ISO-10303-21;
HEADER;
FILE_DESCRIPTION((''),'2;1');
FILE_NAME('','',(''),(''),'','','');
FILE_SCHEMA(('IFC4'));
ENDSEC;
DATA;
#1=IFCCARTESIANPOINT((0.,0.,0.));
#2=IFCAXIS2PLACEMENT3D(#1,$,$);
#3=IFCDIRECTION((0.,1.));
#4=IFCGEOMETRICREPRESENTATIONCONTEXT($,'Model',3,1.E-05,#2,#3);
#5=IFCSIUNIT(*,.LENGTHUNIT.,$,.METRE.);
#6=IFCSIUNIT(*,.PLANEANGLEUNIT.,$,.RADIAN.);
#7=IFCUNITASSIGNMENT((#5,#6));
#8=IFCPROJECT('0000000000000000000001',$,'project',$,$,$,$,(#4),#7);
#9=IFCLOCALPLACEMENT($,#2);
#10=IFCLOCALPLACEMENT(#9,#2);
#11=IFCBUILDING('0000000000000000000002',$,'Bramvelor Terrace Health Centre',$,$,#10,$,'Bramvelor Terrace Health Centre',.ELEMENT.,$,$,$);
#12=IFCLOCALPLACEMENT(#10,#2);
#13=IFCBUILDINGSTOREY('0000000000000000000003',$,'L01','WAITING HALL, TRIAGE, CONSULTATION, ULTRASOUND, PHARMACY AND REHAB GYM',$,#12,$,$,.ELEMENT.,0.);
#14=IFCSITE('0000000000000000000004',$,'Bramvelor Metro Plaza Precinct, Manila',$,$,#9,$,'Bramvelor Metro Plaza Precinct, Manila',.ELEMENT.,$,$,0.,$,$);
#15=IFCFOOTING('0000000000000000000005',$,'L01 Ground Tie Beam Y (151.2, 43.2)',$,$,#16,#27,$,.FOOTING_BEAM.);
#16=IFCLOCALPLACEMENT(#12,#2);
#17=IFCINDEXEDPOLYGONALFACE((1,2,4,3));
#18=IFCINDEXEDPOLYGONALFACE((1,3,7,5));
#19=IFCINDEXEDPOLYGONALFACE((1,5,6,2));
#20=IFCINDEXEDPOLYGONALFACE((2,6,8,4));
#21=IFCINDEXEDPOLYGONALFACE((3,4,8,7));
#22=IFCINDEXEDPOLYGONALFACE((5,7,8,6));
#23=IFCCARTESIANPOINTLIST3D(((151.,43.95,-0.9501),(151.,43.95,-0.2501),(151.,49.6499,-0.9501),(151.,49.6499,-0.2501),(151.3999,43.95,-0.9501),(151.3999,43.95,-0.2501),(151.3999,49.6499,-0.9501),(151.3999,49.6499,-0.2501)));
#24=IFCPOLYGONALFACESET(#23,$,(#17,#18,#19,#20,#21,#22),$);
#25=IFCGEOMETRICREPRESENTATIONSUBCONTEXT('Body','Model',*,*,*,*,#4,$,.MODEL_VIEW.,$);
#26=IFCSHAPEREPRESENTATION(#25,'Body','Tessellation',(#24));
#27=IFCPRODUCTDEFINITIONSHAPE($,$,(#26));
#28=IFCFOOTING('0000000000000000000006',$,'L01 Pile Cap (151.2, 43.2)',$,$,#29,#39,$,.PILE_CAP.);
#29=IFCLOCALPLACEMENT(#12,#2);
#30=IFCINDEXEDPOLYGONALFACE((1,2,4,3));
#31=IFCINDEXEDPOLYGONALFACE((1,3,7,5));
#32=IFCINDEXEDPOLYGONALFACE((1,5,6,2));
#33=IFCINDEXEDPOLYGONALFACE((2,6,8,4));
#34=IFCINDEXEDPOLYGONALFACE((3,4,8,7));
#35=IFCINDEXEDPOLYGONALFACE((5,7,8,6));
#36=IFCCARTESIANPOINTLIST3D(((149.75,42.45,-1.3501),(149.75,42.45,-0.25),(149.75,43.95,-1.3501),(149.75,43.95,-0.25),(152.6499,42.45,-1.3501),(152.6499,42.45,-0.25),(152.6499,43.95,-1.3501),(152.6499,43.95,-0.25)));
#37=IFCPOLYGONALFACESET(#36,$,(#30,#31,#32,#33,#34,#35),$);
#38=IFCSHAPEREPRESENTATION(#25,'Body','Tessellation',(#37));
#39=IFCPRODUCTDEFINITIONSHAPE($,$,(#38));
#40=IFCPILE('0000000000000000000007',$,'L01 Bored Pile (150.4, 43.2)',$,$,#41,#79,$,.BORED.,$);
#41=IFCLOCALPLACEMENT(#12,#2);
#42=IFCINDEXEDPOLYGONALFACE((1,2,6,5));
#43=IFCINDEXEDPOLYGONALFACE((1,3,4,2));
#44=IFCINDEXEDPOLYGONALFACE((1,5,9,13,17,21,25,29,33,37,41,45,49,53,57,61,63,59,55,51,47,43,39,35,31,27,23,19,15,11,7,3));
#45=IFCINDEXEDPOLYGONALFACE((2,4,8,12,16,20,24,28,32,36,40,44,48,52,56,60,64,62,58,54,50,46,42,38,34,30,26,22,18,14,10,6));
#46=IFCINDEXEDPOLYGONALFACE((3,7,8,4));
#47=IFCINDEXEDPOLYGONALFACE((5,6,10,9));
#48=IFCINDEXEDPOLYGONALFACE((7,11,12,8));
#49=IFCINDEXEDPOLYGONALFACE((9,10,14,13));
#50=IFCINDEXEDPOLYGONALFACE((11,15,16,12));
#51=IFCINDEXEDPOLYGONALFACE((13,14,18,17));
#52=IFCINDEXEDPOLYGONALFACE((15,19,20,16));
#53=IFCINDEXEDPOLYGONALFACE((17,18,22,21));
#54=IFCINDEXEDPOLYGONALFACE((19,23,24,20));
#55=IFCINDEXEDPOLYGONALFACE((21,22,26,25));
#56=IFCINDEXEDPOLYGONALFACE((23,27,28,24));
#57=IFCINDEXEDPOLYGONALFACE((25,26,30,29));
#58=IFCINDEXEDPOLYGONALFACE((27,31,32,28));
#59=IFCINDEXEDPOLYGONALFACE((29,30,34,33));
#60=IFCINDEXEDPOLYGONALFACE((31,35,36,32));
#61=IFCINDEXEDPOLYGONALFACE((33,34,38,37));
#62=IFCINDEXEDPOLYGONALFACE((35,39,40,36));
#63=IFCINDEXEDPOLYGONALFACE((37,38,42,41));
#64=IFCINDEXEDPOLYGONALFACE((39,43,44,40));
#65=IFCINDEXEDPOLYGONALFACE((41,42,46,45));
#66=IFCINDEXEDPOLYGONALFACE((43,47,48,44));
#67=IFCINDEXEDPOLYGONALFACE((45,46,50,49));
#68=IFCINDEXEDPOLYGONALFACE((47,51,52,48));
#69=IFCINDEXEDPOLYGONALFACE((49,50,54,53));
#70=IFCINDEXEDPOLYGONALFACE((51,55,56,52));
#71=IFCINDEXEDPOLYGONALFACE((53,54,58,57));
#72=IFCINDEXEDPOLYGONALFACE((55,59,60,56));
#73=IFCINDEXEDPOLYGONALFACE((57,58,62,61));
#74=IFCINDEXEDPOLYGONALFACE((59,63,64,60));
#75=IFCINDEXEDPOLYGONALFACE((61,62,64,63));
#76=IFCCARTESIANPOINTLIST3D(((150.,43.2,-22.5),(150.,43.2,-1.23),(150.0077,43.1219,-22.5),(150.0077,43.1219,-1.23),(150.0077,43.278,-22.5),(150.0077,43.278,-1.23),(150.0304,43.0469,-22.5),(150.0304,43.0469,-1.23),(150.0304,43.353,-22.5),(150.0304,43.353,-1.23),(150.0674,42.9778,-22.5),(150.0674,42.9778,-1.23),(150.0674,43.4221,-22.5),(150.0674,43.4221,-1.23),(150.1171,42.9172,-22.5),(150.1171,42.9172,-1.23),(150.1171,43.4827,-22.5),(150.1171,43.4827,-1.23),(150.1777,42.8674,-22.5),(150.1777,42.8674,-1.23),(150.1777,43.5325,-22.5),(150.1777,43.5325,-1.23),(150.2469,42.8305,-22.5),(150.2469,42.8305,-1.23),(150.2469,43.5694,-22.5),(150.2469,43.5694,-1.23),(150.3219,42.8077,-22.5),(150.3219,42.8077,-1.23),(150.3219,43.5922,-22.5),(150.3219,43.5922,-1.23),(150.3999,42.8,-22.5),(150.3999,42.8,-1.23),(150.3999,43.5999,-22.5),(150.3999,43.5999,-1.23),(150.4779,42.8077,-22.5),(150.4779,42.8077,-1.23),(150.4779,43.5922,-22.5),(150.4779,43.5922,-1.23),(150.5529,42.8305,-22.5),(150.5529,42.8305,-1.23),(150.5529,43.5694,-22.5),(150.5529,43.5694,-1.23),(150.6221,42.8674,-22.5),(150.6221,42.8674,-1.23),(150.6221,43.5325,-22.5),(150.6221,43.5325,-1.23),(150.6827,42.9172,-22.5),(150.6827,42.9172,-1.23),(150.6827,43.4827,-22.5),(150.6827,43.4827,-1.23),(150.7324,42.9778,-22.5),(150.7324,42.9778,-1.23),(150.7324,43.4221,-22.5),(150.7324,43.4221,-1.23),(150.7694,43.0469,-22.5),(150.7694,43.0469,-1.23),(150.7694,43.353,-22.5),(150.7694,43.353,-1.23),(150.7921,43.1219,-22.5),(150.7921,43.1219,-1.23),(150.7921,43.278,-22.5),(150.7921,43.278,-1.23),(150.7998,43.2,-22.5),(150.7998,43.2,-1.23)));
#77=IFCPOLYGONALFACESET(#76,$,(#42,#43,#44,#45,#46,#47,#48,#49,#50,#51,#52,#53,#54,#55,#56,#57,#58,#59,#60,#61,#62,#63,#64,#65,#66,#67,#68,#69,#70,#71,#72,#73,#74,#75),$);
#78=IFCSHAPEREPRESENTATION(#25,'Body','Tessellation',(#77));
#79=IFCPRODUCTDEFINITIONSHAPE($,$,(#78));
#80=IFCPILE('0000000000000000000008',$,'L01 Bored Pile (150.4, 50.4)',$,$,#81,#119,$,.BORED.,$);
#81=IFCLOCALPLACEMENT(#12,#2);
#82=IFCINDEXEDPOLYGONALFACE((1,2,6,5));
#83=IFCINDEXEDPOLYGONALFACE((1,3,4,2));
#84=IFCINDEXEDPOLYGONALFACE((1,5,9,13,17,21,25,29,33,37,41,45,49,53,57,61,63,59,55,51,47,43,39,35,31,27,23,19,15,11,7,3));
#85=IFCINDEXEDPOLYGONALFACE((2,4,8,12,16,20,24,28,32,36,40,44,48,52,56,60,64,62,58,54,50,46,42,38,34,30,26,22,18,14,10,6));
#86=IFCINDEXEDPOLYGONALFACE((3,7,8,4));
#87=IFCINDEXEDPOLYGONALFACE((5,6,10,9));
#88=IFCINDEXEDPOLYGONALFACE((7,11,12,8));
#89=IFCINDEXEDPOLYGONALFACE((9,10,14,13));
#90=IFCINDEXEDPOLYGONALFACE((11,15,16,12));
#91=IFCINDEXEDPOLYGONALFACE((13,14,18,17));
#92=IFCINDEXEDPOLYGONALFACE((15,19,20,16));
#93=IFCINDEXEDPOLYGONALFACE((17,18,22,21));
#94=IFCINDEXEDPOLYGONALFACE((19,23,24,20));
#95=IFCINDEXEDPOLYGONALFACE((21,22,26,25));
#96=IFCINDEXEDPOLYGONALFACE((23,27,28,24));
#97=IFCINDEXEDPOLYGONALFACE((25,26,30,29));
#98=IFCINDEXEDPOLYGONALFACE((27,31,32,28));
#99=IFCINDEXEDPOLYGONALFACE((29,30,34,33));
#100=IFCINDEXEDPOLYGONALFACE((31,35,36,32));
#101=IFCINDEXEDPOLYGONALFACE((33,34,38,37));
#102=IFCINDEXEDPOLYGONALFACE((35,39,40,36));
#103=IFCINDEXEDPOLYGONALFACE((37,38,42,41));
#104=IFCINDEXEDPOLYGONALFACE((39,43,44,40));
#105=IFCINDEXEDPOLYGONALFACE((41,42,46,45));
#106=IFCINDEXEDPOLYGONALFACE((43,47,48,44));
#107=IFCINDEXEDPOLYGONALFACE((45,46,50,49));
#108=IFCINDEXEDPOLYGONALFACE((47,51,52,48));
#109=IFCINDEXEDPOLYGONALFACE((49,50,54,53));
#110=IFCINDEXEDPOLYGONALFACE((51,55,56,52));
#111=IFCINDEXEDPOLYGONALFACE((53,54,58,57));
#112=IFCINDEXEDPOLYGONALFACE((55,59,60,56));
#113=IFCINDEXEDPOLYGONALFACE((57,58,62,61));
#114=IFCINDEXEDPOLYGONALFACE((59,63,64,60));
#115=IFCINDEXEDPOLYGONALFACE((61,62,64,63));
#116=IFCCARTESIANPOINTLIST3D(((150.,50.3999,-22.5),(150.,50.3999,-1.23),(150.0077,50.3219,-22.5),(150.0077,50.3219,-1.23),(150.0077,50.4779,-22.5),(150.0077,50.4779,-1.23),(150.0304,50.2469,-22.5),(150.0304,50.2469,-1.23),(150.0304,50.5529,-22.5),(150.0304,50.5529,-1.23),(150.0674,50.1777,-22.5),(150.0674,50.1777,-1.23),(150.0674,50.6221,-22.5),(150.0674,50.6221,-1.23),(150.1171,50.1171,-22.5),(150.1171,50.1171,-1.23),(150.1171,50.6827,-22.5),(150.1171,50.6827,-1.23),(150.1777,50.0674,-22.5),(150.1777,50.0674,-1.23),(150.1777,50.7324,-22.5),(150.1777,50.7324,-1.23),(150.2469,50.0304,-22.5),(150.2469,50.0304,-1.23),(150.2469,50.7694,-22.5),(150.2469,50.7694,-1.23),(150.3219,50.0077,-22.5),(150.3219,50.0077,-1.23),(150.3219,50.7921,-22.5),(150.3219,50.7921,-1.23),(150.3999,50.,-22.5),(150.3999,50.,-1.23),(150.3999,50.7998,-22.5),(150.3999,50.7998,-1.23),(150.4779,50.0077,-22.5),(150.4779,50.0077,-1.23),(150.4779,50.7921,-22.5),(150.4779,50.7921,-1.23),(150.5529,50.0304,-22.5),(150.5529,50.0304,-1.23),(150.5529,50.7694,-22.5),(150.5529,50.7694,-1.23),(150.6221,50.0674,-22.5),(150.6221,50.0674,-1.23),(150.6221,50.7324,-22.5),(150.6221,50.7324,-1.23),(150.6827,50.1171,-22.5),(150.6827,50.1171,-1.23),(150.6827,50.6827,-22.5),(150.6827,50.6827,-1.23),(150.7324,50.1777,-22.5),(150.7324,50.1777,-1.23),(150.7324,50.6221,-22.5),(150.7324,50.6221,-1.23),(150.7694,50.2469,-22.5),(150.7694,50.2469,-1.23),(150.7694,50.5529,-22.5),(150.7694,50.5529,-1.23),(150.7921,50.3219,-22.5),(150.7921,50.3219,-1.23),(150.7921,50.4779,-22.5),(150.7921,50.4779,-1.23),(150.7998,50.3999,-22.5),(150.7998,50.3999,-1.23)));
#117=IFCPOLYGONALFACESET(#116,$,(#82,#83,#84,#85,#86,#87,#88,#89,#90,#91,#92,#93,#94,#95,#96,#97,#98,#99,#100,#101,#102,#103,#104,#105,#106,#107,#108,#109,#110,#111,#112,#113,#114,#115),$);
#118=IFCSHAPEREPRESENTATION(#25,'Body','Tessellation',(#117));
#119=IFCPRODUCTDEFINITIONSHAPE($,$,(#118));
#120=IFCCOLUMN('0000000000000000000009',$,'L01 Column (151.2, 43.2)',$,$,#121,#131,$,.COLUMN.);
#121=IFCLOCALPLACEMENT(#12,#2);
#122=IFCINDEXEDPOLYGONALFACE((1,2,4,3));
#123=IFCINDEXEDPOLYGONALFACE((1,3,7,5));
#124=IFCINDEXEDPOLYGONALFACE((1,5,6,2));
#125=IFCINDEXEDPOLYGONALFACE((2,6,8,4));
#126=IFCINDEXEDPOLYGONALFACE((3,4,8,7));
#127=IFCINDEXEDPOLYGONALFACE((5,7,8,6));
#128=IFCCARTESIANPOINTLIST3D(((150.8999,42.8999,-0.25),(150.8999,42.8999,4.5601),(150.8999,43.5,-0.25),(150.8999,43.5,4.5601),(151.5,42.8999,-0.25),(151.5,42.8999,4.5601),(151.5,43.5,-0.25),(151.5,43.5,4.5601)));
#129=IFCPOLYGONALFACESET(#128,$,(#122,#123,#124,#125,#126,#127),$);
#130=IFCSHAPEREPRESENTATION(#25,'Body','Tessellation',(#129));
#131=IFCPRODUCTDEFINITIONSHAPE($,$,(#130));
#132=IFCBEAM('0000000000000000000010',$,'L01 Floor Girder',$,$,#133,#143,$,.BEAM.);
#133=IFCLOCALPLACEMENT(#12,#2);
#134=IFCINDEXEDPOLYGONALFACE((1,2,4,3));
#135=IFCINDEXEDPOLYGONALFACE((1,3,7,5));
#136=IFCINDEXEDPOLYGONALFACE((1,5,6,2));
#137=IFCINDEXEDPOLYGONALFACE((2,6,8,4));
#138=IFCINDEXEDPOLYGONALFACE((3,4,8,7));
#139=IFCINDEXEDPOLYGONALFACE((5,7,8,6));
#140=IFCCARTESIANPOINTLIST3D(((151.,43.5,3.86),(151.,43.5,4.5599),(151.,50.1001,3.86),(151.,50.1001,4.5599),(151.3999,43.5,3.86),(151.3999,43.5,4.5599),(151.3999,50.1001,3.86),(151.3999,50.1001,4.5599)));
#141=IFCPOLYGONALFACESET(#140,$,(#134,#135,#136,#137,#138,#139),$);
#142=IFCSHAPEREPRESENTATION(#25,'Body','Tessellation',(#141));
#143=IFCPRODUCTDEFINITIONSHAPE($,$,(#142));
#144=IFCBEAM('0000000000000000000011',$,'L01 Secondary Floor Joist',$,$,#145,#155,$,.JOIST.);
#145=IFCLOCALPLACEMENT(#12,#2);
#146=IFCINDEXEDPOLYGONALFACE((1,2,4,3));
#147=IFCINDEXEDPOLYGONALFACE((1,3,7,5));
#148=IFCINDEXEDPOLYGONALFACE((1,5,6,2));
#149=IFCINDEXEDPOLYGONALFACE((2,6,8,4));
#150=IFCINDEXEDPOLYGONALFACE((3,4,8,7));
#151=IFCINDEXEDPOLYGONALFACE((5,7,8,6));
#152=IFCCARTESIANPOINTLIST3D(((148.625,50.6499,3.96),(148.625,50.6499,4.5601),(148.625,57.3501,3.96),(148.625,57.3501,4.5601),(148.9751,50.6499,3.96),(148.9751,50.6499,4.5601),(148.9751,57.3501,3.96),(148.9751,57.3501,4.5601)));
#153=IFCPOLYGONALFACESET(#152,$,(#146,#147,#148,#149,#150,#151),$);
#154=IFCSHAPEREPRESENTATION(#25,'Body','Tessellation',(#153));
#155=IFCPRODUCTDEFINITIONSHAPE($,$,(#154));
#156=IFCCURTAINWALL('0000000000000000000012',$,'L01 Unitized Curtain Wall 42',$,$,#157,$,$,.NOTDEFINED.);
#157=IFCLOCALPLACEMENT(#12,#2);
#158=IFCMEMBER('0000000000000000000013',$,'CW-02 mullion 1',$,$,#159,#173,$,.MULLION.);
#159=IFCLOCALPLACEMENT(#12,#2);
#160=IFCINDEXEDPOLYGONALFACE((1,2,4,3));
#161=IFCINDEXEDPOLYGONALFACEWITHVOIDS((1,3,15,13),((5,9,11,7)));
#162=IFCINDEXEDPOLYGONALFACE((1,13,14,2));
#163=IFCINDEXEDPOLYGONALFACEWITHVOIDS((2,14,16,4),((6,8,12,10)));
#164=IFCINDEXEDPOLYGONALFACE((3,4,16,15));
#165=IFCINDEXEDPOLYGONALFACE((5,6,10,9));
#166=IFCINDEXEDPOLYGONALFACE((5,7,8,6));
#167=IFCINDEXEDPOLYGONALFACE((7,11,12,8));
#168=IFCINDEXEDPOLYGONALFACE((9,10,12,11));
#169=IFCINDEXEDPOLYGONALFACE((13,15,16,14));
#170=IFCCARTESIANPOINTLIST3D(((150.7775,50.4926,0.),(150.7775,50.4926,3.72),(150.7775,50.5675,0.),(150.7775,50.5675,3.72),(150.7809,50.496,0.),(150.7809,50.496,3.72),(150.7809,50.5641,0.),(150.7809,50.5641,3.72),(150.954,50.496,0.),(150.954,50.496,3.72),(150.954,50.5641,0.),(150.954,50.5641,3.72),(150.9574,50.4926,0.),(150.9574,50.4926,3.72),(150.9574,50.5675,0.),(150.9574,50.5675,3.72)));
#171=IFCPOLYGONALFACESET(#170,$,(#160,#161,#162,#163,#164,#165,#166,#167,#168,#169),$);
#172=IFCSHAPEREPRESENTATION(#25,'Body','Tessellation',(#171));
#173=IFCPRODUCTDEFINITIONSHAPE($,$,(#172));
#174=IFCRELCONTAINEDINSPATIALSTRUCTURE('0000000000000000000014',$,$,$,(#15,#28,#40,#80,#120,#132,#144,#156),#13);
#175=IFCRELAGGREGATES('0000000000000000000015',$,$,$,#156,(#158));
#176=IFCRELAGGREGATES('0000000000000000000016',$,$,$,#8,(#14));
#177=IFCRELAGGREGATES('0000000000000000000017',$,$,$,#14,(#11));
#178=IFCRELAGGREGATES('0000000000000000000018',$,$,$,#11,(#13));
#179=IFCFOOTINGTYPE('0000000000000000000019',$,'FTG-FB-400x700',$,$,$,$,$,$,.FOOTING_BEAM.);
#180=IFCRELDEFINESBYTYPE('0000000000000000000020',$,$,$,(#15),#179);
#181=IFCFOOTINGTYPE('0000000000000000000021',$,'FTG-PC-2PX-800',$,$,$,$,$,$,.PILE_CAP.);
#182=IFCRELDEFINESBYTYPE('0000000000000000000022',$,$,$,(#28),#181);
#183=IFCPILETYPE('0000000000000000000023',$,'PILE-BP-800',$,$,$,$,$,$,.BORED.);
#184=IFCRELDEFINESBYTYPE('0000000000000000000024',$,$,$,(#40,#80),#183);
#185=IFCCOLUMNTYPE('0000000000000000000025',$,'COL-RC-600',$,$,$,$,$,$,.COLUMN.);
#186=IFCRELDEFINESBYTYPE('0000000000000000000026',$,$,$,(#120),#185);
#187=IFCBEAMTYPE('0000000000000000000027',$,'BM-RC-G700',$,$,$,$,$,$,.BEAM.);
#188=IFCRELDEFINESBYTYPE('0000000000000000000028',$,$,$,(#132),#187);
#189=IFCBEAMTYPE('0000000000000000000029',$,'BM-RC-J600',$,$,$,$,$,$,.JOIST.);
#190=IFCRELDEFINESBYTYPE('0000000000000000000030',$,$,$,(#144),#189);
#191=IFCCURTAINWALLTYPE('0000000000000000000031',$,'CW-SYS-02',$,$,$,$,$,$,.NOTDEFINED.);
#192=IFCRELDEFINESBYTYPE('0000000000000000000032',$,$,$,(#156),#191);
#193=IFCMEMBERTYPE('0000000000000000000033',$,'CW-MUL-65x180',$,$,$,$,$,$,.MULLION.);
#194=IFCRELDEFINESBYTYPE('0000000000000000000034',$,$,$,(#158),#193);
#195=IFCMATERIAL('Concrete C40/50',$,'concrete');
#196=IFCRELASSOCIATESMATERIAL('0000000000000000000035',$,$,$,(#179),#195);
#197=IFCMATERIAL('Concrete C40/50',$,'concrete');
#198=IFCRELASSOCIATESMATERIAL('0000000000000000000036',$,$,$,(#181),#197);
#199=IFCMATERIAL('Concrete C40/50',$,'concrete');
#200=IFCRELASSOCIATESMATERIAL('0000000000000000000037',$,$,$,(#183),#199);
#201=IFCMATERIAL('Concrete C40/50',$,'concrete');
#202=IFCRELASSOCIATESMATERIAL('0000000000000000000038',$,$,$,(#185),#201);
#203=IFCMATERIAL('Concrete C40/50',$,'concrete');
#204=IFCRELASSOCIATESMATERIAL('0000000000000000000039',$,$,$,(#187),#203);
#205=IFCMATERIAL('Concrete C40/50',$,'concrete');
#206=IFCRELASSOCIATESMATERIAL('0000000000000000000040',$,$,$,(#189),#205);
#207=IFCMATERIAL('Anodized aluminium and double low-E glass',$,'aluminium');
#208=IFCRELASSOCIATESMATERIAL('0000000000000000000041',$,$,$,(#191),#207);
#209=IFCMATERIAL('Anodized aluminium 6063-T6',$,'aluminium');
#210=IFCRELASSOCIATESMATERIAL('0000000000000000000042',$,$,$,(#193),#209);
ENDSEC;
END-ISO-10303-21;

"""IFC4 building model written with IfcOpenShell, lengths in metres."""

from ifc_helpers import new_model, si_unit, direction, frame, origin, origin_2d, place, context, subcontext, project, spatial, rectangle, hollow_rectangle, circle, extrude, material, material_profile, profile_set, type_object, element, aggregate, save


model = new_model("IFC4")

# Units and contexts
model_context = context("Model", 3, precision=1e-05, world=origin(), true_north=direction((0.0, 1.0)))
body_context = subcontext(model_context, "Body", "Model", "MODEL_VIEW")
ifc_project = project(units=[si_unit("LENGTHUNIT", "METRE"), si_unit("PLANEANGLEUNIT", "RADIAN")], contexts=[model_context])

# Site, building, storey
site_placement = place(None, origin())
site = spatial("IfcSite", under=ifc_project, at=site_placement, Name="Bramvelor Metro Plaza Precinct, Manila", LongName="Bramvelor Metro Plaza Precinct, Manila", CompositionType="ELEMENT", RefElevation=0.0)
building_placement = place(site_placement, origin())
building = spatial("IfcBuilding", under=site, at=building_placement, Name="Bramvelor Terrace Health Centre", LongName="Bramvelor Terrace Health Centre", CompositionType="ELEMENT")
storey_placement = place(building_placement, origin())
storey = spatial("IfcBuildingStorey", under=building, at=storey_placement, Name="L01", Description="WAITING HALL, TRIAGE, CONSULTATION, ULTRASOUND, PHARMACY AND REHAB GYM", CompositionType="ELEMENT", Elevation=0.0)

# Footings
ifc_material_1 = material(Name="Concrete C40/50", Category="concrete")
ifc_material_profile_1 = material_profile(ifc_material_1, rectangle(XDim=0.3999, YDim=0.7, at=origin_2d()), Name="RC 400x700")
ifc_profile_set_1 = profile_set([ifc_material_profile_1], Name="Concrete C40/50")
footing_type_1 = type_object("IfcFootingType", Name="FTG-FB-400x700", PredefinedType="FOOTING_BEAM", material=ifc_profile_set_1)
footing_1_placement = place(storey_placement, frame((151.2, 43.95, -0.6001), z_axis=(0.0, 1.0, 0.0), x_axis=(-1.0, 0.0, 0.0)))
element("IfcFooting", 1, at=footing_1_placement, inside=storey, type_object=footing_type_1, Name="L01 Ground Tie Beam Y (151.2, 43.2)", PredefinedType="FOOTING_BEAM", context=body_context, shape_type="SweptSolid", body=[
    extrude(rectangle(XDim=0.3999, YDim=0.7, at=origin_2d()), origin(), (0.0, 0.0, 1.0), 5.7),
])
ifc_material_2 = material(Name="Concrete C40/50", Category="concrete")
footing_type_2 = type_object("IfcFootingType", Name="FTG-PC-2PX-800", PredefinedType="PILE_CAP", material=ifc_material_2)
footing_2_placement = place(storey_placement, frame((151.2, 43.2, -1.3501), z_axis=(0.0, 0.0, 1.0), x_axis=(1.0, 0.0, 0.0)))
element("IfcFooting", 2, at=footing_2_placement, inside=storey, type_object=footing_type_2, Name="L01 Pile Cap (151.2, 43.2)", PredefinedType="PILE_CAP", context=body_context, shape_type="SweptSolid", body=[
    extrude(rectangle(XDim=2.8999, YDim=1.5, at=origin_2d()), origin(), (0.0, 0.0, 1.0), 1.1001),
])

# Piles
ifc_material_3 = material(Name="Concrete C40/50", Category="concrete")
ifc_material_profile_2 = material_profile(ifc_material_3, circle(Radius=0.3999, at=origin_2d()), Name="BP D800")
ifc_profile_set_2 = profile_set([ifc_material_profile_2], Name="Concrete C40/50")
pile_type = type_object("IfcPileType", Name="PILE-BP-800", PredefinedType="BORED", material=ifc_profile_set_2)
for number, where, z_axis, x_axis, name in (
    (3, (150.3999, 43.2, -1.23), (0.0, 0.0, -1.0), (1.0, 0.0, 0.0), "L01 Bored Pile (150.4, 43.2)"),
    (4, (150.3999, 50.3999, -1.23), (0.0, 0.0, -1.0), (1.0, 0.0, 0.0), "L01 Bored Pile (150.4, 50.4)"),
):
    element("IfcPile", number, at=place(storey_placement, frame(where, z_axis=z_axis, x_axis=x_axis)), inside=storey, type_object=pile_type, Name=name, PredefinedType="BORED", context=body_context, shape_type="SweptSolid", body=[
        extrude(circle(Radius=0.3999, at=origin_2d()), origin(), (0.0, 0.0, 1.0), 21.27),
    ])

# Column
ifc_material_4 = material(Name="Concrete C40/50", Category="concrete")
ifc_material_profile_3 = material_profile(ifc_material_4, rectangle(XDim=0.6001, YDim=0.6001, at=origin_2d()), Name="RC 600x600")
ifc_profile_set_3 = profile_set([ifc_material_profile_3], Name="Concrete C40/50")
column_type = type_object("IfcColumnType", Name="COL-RC-600", PredefinedType="COLUMN", material=ifc_profile_set_3)
column_placement = place(storey_placement, frame((151.2, 43.2, -0.25), z_axis=(0.0, 0.0, 1.0), x_axis=(1.0, 0.0, 0.0)))
element("IfcColumn", 5, at=column_placement, inside=storey, type_object=column_type, Name="L01 Column (151.2, 43.2)", PredefinedType="COLUMN", context=body_context, shape_type="SweptSolid", body=[
    extrude(rectangle(XDim=0.6001, YDim=0.6001, at=origin_2d()), origin(), (0.0, 0.0, 1.0), 4.8101),
])

# Beams
ifc_material_5 = material(Name="Concrete C40/50", Category="concrete")
ifc_material_profile_4 = material_profile(ifc_material_5, rectangle(XDim=0.3999, YDim=0.7, at=origin_2d()), Name="RC 400x700")
ifc_profile_set_4 = profile_set([ifc_material_profile_4], Name="Concrete C40/50")
beam_type_1 = type_object("IfcBeamType", Name="BM-RC-G700", PredefinedType="BEAM", material=ifc_profile_set_4)
beam_1_placement = place(storey_placement, frame((151.2, 43.5, 4.21), z_axis=(0.0, 1.0, 0.0), x_axis=(-1.0, 0.0, 0.0)))
element("IfcBeam", 6, at=beam_1_placement, inside=storey, type_object=beam_type_1, Name="L01 Floor Girder", PredefinedType="BEAM", context=body_context, shape_type="SweptSolid", body=[
    extrude(rectangle(XDim=0.3999, YDim=0.7, at=origin_2d()), origin(), (0.0, 0.0, 1.0), 6.6001),
])
ifc_material_6 = material(Name="Concrete C40/50", Category="concrete")
ifc_material_profile_5 = material_profile(ifc_material_6, rectangle(XDim=0.3501, YDim=0.6001, at=origin_2d()), Name="RC 350x600")
ifc_profile_set_5 = profile_set([ifc_material_profile_5], Name="Concrete C40/50")
beam_type_2 = type_object("IfcBeamType", Name="BM-RC-J600", PredefinedType="JOIST", material=ifc_profile_set_5)
beam_2_placement = place(storey_placement, frame((148.8, 50.6499, 4.26), z_axis=(0.0, 1.0, 0.0), x_axis=(-1.0, 0.0, 0.0)))
element("IfcBeam", 7, at=beam_2_placement, inside=storey, type_object=beam_type_2, Name="L01 Secondary Floor Joist", PredefinedType="JOIST", context=body_context, shape_type="SweptSolid", body=[
    extrude(rectangle(XDim=0.3501, YDim=0.6001, at=origin_2d()), origin(), (0.0, 0.0, 1.0), 6.7002),
])

# Curtain wall, member
ifc_material_7 = material(Name="Anodized aluminium and double low-E glass", Category="aluminium")
curtain_wall_type = type_object("IfcCurtainWallType", Name="CW-SYS-02", PredefinedType="NOTDEFINED", material=ifc_material_7)
curtain_wall_placement = place(storey_placement, origin())
curtain_wall = element("IfcCurtainWall", 8, at=curtain_wall_placement, inside=storey, type_object=curtain_wall_type, Name="L01 Unitized Curtain Wall 42", PredefinedType="NOTDEFINED")
ifc_material_8 = material(Name="Anodized aluminium 6063-T6", Category="aluminium")
ifc_material_profile_6 = material_profile(ifc_material_8, hollow_rectangle(XDim=0.075, YDim=0.1799, WallThickness=0.0034, at=origin_2d()), Name="ALU-MUL 75x180x3.5")
ifc_profile_set_6 = profile_set([ifc_material_profile_6], Name="Anodized aluminium 6063-T6")
member_type_1 = type_object("IfcMemberType", Name="CW-MUL-65x180", PredefinedType="MULLION", material=ifc_profile_set_6)
member_1_placement = place(storey_placement, frame((150.8674, 50.53, 0.0), z_axis=(0.0, 0.0, 1.0), x_axis=(0.0, -1.0, 0.0)))
member_1 = element("IfcMember", 9, at=member_1_placement, type_object=member_type_1, Name="CW-02 mullion 1", PredefinedType="MULLION", context=body_context, shape_type="SweptSolid", body=[
    extrude(hollow_rectangle(XDim=0.075, YDim=0.1799, WallThickness=0.0034, at=origin_2d()), origin(), (0.0, 0.0, 1.0), 3.72),
])
aggregate(curtain_wall, [member_1])

save(model, "model.ifc")
